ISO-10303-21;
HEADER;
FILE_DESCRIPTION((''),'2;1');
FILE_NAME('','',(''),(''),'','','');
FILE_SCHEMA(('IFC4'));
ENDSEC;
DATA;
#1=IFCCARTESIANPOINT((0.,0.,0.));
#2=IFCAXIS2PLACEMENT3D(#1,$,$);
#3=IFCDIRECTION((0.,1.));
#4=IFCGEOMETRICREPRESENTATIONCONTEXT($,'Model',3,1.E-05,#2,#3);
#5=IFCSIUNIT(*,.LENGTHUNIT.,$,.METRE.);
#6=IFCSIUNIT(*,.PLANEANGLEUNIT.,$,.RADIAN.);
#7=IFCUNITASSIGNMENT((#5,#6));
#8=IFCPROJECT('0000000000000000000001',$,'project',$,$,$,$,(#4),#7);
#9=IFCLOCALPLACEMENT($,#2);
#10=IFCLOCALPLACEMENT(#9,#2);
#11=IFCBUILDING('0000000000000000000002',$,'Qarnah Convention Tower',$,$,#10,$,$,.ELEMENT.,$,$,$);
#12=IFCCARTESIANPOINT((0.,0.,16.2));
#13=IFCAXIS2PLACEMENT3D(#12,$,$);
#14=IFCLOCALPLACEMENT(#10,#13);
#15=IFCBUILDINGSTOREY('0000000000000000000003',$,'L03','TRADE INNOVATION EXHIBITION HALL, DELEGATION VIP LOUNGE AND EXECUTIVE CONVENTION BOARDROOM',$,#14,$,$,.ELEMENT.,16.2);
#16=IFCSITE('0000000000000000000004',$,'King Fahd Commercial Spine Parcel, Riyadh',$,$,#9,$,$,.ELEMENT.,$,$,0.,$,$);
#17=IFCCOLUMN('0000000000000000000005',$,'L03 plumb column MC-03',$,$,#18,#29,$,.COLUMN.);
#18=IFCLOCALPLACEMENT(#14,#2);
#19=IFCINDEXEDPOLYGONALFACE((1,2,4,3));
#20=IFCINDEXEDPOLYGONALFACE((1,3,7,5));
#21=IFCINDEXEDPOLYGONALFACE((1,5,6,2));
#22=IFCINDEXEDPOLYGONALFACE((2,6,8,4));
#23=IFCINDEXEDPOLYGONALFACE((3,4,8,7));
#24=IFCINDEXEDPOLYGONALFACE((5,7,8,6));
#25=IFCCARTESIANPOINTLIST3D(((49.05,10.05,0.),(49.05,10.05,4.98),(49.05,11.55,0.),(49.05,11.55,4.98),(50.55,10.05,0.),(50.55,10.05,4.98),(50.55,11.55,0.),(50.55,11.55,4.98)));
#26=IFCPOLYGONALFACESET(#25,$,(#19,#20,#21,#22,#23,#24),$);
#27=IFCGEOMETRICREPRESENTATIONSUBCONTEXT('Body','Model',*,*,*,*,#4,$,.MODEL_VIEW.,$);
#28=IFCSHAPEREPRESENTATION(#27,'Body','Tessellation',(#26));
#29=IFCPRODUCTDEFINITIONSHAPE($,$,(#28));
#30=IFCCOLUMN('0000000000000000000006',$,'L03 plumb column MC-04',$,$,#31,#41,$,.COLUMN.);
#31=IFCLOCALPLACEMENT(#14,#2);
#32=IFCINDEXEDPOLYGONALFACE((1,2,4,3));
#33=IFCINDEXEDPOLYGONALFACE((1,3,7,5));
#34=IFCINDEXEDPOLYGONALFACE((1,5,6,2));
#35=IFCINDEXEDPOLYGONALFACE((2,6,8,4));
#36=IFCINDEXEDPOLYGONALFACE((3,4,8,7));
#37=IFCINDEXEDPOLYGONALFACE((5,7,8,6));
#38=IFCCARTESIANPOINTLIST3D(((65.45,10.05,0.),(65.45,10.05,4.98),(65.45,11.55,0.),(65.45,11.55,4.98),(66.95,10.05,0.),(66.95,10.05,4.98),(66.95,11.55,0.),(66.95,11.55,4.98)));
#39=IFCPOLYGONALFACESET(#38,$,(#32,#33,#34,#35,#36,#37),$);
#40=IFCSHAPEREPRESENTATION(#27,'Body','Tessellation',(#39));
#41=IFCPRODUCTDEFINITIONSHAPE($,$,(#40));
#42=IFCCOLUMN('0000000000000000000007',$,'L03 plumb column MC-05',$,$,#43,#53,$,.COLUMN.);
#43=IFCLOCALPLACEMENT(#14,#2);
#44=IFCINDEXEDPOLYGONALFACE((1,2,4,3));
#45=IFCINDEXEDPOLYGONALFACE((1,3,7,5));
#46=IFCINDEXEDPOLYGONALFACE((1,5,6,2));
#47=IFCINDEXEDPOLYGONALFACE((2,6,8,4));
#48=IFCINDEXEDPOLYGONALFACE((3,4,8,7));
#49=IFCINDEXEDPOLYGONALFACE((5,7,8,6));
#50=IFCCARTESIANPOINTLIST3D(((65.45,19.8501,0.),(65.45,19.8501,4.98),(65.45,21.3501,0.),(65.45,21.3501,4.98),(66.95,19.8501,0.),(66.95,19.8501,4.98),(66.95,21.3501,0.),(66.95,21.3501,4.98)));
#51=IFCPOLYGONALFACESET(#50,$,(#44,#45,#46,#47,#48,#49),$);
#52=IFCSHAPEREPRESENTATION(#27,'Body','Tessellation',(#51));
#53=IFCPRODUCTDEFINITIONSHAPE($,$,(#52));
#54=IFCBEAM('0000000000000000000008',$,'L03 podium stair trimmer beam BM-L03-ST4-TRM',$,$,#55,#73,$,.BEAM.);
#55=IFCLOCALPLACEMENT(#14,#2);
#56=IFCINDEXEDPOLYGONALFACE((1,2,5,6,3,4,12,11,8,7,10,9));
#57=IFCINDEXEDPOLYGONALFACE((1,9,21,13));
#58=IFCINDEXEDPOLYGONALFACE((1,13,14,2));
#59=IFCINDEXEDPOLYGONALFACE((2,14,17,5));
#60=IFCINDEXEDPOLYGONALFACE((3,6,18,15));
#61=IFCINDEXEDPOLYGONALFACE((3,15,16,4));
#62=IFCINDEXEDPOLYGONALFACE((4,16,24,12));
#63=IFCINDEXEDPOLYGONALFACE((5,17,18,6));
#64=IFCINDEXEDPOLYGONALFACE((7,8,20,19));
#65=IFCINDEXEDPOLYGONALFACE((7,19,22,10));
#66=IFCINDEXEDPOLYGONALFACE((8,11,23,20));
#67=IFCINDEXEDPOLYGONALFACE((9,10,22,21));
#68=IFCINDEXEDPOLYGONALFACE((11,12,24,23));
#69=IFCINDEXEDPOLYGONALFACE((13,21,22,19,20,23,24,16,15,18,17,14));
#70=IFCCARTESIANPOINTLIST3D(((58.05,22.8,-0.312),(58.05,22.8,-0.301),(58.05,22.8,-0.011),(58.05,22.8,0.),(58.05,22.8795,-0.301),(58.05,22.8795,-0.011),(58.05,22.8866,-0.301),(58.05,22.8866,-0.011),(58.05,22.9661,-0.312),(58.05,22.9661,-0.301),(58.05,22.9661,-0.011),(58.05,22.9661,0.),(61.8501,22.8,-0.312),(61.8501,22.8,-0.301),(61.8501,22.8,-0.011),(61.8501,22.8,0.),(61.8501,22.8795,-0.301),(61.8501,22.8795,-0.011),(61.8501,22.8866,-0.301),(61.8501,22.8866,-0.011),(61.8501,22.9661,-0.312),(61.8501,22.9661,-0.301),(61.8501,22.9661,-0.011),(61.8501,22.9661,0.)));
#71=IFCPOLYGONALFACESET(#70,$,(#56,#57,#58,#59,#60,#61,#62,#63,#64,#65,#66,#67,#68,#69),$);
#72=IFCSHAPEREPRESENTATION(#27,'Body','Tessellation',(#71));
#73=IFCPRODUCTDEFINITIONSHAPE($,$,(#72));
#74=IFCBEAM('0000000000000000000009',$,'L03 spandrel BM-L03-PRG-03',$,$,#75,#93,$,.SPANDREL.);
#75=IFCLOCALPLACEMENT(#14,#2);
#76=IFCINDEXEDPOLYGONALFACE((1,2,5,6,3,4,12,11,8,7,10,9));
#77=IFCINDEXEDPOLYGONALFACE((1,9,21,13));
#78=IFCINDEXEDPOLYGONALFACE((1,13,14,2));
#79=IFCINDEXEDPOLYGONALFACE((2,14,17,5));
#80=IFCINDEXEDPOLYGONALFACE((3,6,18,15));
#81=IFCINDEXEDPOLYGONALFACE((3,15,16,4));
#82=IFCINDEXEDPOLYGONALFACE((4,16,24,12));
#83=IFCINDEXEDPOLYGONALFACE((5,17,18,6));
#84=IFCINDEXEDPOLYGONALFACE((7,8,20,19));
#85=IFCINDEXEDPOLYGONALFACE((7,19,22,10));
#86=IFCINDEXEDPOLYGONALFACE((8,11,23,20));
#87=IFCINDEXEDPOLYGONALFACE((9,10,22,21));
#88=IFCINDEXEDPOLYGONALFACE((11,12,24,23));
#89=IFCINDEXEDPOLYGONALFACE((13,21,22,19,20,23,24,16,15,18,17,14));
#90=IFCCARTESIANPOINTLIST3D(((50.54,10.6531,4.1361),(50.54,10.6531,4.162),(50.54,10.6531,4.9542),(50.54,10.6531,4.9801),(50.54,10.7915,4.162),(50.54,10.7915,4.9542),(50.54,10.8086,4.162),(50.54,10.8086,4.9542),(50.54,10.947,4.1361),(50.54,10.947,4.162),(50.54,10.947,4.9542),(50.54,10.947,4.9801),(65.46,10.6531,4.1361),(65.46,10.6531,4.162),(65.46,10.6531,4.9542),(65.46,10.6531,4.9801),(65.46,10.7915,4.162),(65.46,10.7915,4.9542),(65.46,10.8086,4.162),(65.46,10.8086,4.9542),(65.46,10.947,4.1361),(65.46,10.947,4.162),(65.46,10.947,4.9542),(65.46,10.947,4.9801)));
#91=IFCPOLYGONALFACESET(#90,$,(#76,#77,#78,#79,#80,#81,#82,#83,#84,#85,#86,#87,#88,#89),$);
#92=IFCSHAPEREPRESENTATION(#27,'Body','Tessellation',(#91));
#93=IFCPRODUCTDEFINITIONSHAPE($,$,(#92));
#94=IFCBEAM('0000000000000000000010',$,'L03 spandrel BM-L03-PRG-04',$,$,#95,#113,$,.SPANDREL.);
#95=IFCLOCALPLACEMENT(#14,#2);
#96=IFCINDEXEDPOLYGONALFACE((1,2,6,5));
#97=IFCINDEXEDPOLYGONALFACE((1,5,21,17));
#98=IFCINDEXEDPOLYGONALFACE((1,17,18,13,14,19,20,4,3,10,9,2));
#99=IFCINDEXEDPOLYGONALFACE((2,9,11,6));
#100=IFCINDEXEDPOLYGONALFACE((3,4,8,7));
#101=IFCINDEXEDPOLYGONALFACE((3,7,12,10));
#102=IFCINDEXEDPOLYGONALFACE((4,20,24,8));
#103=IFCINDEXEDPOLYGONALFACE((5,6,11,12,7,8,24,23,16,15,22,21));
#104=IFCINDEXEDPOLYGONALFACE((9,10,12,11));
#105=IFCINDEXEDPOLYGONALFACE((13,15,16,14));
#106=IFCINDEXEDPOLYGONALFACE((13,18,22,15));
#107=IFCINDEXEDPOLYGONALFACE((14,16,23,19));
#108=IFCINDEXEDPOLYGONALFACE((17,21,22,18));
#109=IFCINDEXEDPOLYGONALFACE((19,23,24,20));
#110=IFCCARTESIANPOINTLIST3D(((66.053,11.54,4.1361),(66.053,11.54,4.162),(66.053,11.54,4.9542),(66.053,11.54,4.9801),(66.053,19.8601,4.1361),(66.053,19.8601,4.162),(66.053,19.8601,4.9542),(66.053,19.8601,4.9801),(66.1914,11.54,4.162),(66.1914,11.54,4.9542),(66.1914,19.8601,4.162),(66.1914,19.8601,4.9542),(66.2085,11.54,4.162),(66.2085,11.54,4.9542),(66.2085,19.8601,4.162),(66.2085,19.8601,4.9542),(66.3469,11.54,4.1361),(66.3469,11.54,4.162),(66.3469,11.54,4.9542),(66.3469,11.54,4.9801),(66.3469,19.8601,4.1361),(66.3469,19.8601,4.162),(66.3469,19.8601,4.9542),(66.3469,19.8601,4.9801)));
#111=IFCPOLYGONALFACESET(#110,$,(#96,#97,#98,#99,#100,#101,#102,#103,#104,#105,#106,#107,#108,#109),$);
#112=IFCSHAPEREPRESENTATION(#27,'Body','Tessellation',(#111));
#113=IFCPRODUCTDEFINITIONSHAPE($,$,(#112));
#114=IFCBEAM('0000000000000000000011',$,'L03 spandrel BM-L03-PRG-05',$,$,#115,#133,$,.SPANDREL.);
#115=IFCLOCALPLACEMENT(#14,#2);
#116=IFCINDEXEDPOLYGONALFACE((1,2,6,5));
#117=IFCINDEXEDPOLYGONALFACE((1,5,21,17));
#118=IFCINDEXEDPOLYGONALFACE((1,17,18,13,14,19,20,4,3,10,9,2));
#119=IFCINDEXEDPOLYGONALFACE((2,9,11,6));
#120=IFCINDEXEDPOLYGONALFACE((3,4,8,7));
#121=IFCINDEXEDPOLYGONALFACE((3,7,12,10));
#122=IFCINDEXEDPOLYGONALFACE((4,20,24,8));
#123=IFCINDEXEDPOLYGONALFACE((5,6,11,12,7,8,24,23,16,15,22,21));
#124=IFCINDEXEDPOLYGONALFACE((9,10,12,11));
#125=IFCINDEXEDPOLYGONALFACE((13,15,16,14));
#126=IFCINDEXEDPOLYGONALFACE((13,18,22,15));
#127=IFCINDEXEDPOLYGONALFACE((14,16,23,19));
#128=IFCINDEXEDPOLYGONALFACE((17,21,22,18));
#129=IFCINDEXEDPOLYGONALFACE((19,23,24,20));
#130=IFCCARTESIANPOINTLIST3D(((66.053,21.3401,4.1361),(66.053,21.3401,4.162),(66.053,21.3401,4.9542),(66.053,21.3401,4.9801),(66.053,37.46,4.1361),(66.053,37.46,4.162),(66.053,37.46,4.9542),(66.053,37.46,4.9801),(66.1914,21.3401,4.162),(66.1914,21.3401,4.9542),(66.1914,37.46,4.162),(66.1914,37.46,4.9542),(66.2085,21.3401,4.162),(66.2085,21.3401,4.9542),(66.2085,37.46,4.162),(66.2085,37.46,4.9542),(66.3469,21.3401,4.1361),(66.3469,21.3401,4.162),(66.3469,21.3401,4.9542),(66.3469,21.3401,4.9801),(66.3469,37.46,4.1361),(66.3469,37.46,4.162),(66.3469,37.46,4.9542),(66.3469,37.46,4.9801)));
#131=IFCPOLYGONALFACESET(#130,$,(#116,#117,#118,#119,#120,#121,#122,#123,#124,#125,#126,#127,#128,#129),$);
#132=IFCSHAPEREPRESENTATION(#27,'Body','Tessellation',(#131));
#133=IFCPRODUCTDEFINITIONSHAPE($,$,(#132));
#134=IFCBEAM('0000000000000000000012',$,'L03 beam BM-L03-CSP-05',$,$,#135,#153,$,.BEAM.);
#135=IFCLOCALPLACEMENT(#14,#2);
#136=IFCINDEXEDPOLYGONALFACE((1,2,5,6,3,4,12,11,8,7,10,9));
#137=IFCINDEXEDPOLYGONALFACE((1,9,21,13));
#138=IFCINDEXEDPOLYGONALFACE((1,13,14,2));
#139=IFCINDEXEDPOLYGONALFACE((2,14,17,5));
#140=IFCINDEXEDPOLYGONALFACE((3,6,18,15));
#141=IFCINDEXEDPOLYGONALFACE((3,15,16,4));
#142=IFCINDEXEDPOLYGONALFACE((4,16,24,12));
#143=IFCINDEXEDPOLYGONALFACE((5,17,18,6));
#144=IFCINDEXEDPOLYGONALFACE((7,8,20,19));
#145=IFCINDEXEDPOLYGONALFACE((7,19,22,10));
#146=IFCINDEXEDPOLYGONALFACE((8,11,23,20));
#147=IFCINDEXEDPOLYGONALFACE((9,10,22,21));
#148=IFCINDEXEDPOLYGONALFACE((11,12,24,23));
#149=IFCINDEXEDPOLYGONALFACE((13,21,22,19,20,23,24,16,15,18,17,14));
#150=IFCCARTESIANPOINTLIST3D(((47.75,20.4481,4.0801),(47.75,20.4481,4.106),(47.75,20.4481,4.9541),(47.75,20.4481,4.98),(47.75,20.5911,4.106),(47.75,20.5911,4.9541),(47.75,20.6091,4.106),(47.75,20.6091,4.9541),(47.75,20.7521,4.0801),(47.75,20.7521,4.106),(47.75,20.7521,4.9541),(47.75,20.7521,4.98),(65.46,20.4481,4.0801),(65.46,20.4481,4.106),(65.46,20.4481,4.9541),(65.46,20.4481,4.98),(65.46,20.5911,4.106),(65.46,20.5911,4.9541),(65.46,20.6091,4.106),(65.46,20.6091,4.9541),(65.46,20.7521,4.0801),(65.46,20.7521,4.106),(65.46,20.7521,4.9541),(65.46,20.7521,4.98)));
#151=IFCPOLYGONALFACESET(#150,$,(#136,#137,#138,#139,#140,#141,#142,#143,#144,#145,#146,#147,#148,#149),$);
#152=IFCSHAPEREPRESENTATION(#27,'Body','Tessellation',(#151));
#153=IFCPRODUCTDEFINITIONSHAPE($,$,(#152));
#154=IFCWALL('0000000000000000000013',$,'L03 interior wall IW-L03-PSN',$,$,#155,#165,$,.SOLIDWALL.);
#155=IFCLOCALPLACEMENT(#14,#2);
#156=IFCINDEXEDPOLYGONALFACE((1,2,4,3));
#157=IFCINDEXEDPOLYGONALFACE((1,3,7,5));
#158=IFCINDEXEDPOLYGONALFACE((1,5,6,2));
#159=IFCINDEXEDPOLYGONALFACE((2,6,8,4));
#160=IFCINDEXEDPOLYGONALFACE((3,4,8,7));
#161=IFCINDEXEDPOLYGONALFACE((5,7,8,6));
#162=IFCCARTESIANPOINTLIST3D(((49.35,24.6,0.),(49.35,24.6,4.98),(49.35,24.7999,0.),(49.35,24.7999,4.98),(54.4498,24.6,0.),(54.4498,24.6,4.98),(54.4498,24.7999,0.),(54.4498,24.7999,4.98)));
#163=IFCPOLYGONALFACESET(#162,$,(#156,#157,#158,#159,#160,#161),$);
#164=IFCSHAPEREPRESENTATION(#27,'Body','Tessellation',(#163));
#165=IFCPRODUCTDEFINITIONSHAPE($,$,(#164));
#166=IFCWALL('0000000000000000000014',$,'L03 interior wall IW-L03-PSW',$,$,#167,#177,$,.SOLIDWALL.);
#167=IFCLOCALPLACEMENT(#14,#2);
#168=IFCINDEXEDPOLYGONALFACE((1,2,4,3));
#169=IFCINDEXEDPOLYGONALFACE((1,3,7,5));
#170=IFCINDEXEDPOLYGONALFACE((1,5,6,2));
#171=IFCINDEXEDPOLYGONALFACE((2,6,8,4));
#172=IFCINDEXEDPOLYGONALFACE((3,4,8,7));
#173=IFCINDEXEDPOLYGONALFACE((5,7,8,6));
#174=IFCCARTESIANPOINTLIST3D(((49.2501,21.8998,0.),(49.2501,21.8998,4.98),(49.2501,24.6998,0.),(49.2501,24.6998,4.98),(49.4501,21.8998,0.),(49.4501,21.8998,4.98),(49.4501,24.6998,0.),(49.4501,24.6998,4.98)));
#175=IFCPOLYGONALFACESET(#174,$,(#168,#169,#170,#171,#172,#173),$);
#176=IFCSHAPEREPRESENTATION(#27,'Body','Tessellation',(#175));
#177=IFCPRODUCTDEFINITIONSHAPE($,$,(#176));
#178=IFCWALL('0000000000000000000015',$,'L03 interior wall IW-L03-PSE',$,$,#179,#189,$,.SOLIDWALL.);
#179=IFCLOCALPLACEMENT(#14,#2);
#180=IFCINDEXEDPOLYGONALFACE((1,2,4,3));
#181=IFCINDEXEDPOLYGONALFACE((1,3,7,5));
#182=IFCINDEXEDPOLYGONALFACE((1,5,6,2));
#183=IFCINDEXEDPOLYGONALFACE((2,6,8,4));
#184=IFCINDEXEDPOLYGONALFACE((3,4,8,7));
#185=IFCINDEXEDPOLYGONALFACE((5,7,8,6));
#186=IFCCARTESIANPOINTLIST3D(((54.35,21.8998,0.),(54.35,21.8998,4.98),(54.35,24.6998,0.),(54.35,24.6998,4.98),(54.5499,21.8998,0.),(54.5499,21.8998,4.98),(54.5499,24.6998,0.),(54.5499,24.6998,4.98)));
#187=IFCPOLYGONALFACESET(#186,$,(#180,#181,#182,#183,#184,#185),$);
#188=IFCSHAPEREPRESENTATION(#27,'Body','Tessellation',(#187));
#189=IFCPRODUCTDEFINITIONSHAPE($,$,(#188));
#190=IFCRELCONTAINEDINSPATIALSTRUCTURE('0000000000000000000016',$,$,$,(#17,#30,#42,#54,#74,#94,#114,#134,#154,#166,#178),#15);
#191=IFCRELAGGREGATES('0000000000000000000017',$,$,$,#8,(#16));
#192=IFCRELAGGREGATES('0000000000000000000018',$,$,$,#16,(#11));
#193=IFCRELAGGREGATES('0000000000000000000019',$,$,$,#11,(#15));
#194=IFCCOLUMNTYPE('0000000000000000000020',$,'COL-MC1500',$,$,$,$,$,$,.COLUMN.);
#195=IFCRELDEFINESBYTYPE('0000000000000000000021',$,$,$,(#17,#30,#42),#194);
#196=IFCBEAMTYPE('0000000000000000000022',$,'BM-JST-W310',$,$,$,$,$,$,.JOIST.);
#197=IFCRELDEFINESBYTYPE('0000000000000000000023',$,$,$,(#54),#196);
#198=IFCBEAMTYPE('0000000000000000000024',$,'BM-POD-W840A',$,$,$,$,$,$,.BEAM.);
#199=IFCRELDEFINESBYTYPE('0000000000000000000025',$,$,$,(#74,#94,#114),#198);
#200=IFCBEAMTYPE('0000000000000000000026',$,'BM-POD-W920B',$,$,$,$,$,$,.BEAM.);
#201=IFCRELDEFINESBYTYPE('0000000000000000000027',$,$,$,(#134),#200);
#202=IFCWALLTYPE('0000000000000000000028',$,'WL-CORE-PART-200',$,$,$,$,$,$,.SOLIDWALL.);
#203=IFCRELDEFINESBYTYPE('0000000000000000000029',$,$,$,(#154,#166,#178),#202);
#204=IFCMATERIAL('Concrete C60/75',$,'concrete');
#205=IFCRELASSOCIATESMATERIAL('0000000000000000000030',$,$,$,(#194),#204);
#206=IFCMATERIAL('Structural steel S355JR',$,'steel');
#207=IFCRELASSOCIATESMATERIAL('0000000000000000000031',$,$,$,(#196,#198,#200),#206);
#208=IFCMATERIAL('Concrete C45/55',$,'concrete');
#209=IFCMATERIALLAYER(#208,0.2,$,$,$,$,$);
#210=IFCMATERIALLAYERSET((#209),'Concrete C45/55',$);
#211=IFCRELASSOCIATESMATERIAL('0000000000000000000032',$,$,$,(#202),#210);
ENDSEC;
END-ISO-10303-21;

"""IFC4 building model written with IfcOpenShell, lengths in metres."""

from ifc_helpers import new_model, si_unit, direction, frame, frame_2d, origin, origin_2d, place, context, subcontext, project, spatial, rectangle, i_section, extrude, material, layer, layer_set, material_profile, profile_set, type_object, element, save


model = new_model("IFC4")

# Units and contexts
model_context = context("Model", 3, precision=1e-05, world=origin(), true_north=direction((0.0, 1.0)))
body_context = subcontext(model_context, "Body", "Model", "MODEL_VIEW")
ifc_project = project(units=[si_unit("LENGTHUNIT", "METRE"), si_unit("PLANEANGLEUNIT", "RADIAN")], contexts=[model_context])

# Site, building, storey
site_placement = place(None, origin())
site = spatial("IfcSite", under=ifc_project, at=site_placement, Name="King Fahd Commercial Spine Parcel, Riyadh", CompositionType="ELEMENT", RefElevation=0.0)
building_placement = place(site_placement, origin())
building = spatial("IfcBuilding", under=site, at=building_placement, Name="Qarnah Convention Tower", CompositionType="ELEMENT")
storey_placement = place(building_placement, frame((0.0, 0.0, 16.2)))
storey = spatial("IfcBuildingStorey", under=building, at=storey_placement, Name="L03", Description="TRADE INNOVATION EXHIBITION HALL, DELEGATION VIP LOUNGE AND EXECUTIVE CONVENTION BOARDROOM", CompositionType="ELEMENT", Elevation=16.2)

# Columns
ifc_material_1 = material(Name="Concrete C60/75", Category="concrete")
ifc_material_profile_1 = material_profile(ifc_material_1, rectangle(XDim=1.5, YDim=1.5, at=origin_2d()), Name="RC-COL-1500X1500")
ifc_profile_set_1 = profile_set([ifc_material_profile_1], Name="Concrete C60/75")
column_type = type_object("IfcColumnType", Name="COL-MC1500", PredefinedType="COLUMN", material=ifc_profile_set_1)
for number, where, z_axis, x_axis, name in (
    (1, (49.8, 10.8, 0.0), (0.0, 0.0, 1.0), (1.0, 0.0, 0.0), "L03 plumb column MC-03"),
    (2, (66.2, 10.8, 0.0), (0.0, 0.0, 1.0), (1.0, 0.0, 0.0), "L03 plumb column MC-04"),
    (3, (66.2, 20.6001, 0.0), (0.0, 0.0, 1.0), (1.0, 0.0, 0.0), "L03 plumb column MC-05"),
):
    element("IfcColumn", number, at=place(storey_placement, frame(where, z_axis=z_axis, x_axis=x_axis)), inside=storey, type_object=column_type, Name=name, PredefinedType="COLUMN", context=body_context, shape_type="SweptSolid", body=[
        extrude(rectangle(XDim=1.5, YDim=1.5, at=origin_2d()), origin(), (0.0, 0.0, 1.0), 4.98),
    ])

# Beams
ifc_material_2 = material(Name="Structural steel S355JR", Category="steel")
ifc_material_profile_2 = material_profile(ifc_material_2, i_section(OverallWidth=0.166, OverallDepth=0.312, WebThickness=0.0071, FlangeThickness=0.011, at=origin_2d()), Name="W310X45")
ifc_profile_set_2 = profile_set([ifc_material_profile_2], Name="Structural steel S355JR")
beam_type_1 = type_object("IfcBeamType", Name="BM-JST-W310", PredefinedType="JOIST", material=ifc_profile_set_2)
beam_1_placement = place(storey_placement, frame((58.05, 22.8831, -0.156), z_axis=(1.0, 0.0, 0.0), x_axis=(0.0, 1.0, 0.0)))
element("IfcBeam", 4, at=beam_1_placement, inside=storey, type_object=beam_type_1, Name="L03 podium stair trimmer beam BM-L03-ST4-TRM", PredefinedType="BEAM", context=body_context, shape_type="SweptSolid", body=[
    extrude(i_section(OverallWidth=0.166, OverallDepth=0.312, WebThickness=0.0071, FlangeThickness=0.011, at=origin_2d()), origin(), (0.0, 0.0, 1.0), 3.8),
])
ifc_material_profile_3 = material_profile(ifc_material_2, i_section(OverallWidth=0.2939, OverallDepth=0.844, WebThickness=0.0171, FlangeThickness=0.0259, at=origin_2d()), Name="W840X251")
ifc_profile_set_3 = profile_set([ifc_material_profile_3], Name="Structural steel S355JR")
beam_type_2 = type_object("IfcBeamType", Name="BM-POD-W840A", PredefinedType="BEAM", material=ifc_profile_set_3)
beam_2_placement = place(storey_placement, frame((50.54, 10.8, 4.5581), z_axis=(1.0, 0.0, 0.0), x_axis=(0.0, 1.0, 0.0)))
element("IfcBeam", 5, at=beam_2_placement, inside=storey, type_object=beam_type_2, Name="L03 spandrel BM-L03-PRG-03", PredefinedType="SPANDREL", context=body_context, shape_type="SweptSolid", body=[
    extrude(i_section(OverallWidth=0.2939, OverallDepth=0.844, WebThickness=0.0171, FlangeThickness=0.0259, at=origin_2d()), origin(), (0.0, 0.0, 1.0), 14.9199),
])
beam_3_placement = place(storey_placement, frame((66.2, 11.54, 4.5581), z_axis=(0.0, 1.0, 0.0), x_axis=(-1.0, 0.0, 0.0)))
element("IfcBeam", 6, at=beam_3_placement, inside=storey, type_object=beam_type_2, Name="L03 spandrel BM-L03-PRG-04", PredefinedType="SPANDREL", context=body_context, shape_type="SweptSolid", body=[
    extrude(i_section(OverallWidth=0.2939, OverallDepth=0.844, WebThickness=0.0171, FlangeThickness=0.0259, at=origin_2d()), origin(), (0.0, 0.0, 1.0), 8.3201),
])
beam_4_placement = place(storey_placement, frame((66.2, 21.3401, 4.5581), z_axis=(0.0, 1.0, 0.0), x_axis=(-1.0, 0.0, 0.0)))
element("IfcBeam", 7, at=beam_4_placement, inside=storey, type_object=beam_type_2, Name="L03 spandrel BM-L03-PRG-05", PredefinedType="SPANDREL", context=body_context, shape_type="SweptSolid", body=[
    extrude(i_section(OverallWidth=0.2939, OverallDepth=0.844, WebThickness=0.0171, FlangeThickness=0.0259, at=origin_2d()), origin(), (0.0, 0.0, 1.0), 16.1199),
])
ifc_material_profile_4 = material_profile(ifc_material_2, i_section(OverallWidth=0.304, OverallDepth=0.8999, WebThickness=0.0181, FlangeThickness=0.0259, at=origin_2d()), Name="W920X271")
ifc_profile_set_4 = profile_set([ifc_material_profile_4], Name="Structural steel S355JR")
beam_type_3 = type_object("IfcBeamType", Name="BM-POD-W920B", PredefinedType="BEAM", material=ifc_profile_set_4)
beam_5_placement = place(storey_placement, frame((65.46, 20.6001, 4.53), z_axis=(-1.0, 0.0, 0.0), x_axis=(0.0, -1.0, 0.0)))
element("IfcBeam", 8, at=beam_5_placement, inside=storey, type_object=beam_type_3, Name="L03 beam BM-L03-CSP-05", PredefinedType="BEAM", context=body_context, shape_type="SweptSolid", body=[
    extrude(i_section(OverallWidth=0.304, OverallDepth=0.8999, WebThickness=0.0181, FlangeThickness=0.0259, at=origin_2d()), origin(), (0.0, 0.0, 1.0), 17.71),
])

# Walls
ifc_material_3 = material(Name="Concrete C45/55", Category="concrete")
ifc_layer_1 = layer(ifc_material_3, 0.2)
ifc_layer_set_1 = layer_set([ifc_layer_1], Name="Concrete C45/55")
wall_type_1 = type_object("IfcWallType", Name="WL-CORE-PART-200", PredefinedType="SOLIDWALL", material=ifc_layer_set_1)
wall_1_placement = place(storey_placement, frame((49.3501, 24.7, 0.0), z_axis=(0.0, 0.0, 1.0), x_axis=(1.0, 0.0, 0.0)))
element("IfcWall", 9, at=wall_1_placement, inside=storey, type_object=wall_type_1, Name="L03 interior wall IW-L03-PSN", PredefinedType="SOLIDWALL", context=body_context, shape_type="SweptSolid", body=[
    extrude(rectangle(XDim=5.0999, YDim=0.2, at=frame_2d((2.5498, 0.0))), origin(), (0.0, 0.0, 1.0), 4.98),
])
for number, where, z_axis, x_axis, name in (
    (10, (49.3501, 21.8999, 0.0), (0.0, 0.0, 1.0), (0.0, 1.0, 0.0), "L03 interior wall IW-L03-PSW"),
    (11, (54.45, 21.8999, 0.0), (0.0, 0.0, 1.0), (0.0, 1.0, 0.0), "L03 interior wall IW-L03-PSE"),
):
    element("IfcWall", number, at=place(storey_placement, frame(where, z_axis=z_axis, x_axis=x_axis)), inside=storey, type_object=wall_type_1, Name=name, PredefinedType="SOLIDWALL", context=body_context, shape_type="SweptSolid", body=[
        extrude(rectangle(XDim=2.8, YDim=0.2, at=frame_2d((1.3999, 0.0))), origin(), (0.0, 0.0, 1.0), 4.98),
    ])

save(model, "model.ifc")
